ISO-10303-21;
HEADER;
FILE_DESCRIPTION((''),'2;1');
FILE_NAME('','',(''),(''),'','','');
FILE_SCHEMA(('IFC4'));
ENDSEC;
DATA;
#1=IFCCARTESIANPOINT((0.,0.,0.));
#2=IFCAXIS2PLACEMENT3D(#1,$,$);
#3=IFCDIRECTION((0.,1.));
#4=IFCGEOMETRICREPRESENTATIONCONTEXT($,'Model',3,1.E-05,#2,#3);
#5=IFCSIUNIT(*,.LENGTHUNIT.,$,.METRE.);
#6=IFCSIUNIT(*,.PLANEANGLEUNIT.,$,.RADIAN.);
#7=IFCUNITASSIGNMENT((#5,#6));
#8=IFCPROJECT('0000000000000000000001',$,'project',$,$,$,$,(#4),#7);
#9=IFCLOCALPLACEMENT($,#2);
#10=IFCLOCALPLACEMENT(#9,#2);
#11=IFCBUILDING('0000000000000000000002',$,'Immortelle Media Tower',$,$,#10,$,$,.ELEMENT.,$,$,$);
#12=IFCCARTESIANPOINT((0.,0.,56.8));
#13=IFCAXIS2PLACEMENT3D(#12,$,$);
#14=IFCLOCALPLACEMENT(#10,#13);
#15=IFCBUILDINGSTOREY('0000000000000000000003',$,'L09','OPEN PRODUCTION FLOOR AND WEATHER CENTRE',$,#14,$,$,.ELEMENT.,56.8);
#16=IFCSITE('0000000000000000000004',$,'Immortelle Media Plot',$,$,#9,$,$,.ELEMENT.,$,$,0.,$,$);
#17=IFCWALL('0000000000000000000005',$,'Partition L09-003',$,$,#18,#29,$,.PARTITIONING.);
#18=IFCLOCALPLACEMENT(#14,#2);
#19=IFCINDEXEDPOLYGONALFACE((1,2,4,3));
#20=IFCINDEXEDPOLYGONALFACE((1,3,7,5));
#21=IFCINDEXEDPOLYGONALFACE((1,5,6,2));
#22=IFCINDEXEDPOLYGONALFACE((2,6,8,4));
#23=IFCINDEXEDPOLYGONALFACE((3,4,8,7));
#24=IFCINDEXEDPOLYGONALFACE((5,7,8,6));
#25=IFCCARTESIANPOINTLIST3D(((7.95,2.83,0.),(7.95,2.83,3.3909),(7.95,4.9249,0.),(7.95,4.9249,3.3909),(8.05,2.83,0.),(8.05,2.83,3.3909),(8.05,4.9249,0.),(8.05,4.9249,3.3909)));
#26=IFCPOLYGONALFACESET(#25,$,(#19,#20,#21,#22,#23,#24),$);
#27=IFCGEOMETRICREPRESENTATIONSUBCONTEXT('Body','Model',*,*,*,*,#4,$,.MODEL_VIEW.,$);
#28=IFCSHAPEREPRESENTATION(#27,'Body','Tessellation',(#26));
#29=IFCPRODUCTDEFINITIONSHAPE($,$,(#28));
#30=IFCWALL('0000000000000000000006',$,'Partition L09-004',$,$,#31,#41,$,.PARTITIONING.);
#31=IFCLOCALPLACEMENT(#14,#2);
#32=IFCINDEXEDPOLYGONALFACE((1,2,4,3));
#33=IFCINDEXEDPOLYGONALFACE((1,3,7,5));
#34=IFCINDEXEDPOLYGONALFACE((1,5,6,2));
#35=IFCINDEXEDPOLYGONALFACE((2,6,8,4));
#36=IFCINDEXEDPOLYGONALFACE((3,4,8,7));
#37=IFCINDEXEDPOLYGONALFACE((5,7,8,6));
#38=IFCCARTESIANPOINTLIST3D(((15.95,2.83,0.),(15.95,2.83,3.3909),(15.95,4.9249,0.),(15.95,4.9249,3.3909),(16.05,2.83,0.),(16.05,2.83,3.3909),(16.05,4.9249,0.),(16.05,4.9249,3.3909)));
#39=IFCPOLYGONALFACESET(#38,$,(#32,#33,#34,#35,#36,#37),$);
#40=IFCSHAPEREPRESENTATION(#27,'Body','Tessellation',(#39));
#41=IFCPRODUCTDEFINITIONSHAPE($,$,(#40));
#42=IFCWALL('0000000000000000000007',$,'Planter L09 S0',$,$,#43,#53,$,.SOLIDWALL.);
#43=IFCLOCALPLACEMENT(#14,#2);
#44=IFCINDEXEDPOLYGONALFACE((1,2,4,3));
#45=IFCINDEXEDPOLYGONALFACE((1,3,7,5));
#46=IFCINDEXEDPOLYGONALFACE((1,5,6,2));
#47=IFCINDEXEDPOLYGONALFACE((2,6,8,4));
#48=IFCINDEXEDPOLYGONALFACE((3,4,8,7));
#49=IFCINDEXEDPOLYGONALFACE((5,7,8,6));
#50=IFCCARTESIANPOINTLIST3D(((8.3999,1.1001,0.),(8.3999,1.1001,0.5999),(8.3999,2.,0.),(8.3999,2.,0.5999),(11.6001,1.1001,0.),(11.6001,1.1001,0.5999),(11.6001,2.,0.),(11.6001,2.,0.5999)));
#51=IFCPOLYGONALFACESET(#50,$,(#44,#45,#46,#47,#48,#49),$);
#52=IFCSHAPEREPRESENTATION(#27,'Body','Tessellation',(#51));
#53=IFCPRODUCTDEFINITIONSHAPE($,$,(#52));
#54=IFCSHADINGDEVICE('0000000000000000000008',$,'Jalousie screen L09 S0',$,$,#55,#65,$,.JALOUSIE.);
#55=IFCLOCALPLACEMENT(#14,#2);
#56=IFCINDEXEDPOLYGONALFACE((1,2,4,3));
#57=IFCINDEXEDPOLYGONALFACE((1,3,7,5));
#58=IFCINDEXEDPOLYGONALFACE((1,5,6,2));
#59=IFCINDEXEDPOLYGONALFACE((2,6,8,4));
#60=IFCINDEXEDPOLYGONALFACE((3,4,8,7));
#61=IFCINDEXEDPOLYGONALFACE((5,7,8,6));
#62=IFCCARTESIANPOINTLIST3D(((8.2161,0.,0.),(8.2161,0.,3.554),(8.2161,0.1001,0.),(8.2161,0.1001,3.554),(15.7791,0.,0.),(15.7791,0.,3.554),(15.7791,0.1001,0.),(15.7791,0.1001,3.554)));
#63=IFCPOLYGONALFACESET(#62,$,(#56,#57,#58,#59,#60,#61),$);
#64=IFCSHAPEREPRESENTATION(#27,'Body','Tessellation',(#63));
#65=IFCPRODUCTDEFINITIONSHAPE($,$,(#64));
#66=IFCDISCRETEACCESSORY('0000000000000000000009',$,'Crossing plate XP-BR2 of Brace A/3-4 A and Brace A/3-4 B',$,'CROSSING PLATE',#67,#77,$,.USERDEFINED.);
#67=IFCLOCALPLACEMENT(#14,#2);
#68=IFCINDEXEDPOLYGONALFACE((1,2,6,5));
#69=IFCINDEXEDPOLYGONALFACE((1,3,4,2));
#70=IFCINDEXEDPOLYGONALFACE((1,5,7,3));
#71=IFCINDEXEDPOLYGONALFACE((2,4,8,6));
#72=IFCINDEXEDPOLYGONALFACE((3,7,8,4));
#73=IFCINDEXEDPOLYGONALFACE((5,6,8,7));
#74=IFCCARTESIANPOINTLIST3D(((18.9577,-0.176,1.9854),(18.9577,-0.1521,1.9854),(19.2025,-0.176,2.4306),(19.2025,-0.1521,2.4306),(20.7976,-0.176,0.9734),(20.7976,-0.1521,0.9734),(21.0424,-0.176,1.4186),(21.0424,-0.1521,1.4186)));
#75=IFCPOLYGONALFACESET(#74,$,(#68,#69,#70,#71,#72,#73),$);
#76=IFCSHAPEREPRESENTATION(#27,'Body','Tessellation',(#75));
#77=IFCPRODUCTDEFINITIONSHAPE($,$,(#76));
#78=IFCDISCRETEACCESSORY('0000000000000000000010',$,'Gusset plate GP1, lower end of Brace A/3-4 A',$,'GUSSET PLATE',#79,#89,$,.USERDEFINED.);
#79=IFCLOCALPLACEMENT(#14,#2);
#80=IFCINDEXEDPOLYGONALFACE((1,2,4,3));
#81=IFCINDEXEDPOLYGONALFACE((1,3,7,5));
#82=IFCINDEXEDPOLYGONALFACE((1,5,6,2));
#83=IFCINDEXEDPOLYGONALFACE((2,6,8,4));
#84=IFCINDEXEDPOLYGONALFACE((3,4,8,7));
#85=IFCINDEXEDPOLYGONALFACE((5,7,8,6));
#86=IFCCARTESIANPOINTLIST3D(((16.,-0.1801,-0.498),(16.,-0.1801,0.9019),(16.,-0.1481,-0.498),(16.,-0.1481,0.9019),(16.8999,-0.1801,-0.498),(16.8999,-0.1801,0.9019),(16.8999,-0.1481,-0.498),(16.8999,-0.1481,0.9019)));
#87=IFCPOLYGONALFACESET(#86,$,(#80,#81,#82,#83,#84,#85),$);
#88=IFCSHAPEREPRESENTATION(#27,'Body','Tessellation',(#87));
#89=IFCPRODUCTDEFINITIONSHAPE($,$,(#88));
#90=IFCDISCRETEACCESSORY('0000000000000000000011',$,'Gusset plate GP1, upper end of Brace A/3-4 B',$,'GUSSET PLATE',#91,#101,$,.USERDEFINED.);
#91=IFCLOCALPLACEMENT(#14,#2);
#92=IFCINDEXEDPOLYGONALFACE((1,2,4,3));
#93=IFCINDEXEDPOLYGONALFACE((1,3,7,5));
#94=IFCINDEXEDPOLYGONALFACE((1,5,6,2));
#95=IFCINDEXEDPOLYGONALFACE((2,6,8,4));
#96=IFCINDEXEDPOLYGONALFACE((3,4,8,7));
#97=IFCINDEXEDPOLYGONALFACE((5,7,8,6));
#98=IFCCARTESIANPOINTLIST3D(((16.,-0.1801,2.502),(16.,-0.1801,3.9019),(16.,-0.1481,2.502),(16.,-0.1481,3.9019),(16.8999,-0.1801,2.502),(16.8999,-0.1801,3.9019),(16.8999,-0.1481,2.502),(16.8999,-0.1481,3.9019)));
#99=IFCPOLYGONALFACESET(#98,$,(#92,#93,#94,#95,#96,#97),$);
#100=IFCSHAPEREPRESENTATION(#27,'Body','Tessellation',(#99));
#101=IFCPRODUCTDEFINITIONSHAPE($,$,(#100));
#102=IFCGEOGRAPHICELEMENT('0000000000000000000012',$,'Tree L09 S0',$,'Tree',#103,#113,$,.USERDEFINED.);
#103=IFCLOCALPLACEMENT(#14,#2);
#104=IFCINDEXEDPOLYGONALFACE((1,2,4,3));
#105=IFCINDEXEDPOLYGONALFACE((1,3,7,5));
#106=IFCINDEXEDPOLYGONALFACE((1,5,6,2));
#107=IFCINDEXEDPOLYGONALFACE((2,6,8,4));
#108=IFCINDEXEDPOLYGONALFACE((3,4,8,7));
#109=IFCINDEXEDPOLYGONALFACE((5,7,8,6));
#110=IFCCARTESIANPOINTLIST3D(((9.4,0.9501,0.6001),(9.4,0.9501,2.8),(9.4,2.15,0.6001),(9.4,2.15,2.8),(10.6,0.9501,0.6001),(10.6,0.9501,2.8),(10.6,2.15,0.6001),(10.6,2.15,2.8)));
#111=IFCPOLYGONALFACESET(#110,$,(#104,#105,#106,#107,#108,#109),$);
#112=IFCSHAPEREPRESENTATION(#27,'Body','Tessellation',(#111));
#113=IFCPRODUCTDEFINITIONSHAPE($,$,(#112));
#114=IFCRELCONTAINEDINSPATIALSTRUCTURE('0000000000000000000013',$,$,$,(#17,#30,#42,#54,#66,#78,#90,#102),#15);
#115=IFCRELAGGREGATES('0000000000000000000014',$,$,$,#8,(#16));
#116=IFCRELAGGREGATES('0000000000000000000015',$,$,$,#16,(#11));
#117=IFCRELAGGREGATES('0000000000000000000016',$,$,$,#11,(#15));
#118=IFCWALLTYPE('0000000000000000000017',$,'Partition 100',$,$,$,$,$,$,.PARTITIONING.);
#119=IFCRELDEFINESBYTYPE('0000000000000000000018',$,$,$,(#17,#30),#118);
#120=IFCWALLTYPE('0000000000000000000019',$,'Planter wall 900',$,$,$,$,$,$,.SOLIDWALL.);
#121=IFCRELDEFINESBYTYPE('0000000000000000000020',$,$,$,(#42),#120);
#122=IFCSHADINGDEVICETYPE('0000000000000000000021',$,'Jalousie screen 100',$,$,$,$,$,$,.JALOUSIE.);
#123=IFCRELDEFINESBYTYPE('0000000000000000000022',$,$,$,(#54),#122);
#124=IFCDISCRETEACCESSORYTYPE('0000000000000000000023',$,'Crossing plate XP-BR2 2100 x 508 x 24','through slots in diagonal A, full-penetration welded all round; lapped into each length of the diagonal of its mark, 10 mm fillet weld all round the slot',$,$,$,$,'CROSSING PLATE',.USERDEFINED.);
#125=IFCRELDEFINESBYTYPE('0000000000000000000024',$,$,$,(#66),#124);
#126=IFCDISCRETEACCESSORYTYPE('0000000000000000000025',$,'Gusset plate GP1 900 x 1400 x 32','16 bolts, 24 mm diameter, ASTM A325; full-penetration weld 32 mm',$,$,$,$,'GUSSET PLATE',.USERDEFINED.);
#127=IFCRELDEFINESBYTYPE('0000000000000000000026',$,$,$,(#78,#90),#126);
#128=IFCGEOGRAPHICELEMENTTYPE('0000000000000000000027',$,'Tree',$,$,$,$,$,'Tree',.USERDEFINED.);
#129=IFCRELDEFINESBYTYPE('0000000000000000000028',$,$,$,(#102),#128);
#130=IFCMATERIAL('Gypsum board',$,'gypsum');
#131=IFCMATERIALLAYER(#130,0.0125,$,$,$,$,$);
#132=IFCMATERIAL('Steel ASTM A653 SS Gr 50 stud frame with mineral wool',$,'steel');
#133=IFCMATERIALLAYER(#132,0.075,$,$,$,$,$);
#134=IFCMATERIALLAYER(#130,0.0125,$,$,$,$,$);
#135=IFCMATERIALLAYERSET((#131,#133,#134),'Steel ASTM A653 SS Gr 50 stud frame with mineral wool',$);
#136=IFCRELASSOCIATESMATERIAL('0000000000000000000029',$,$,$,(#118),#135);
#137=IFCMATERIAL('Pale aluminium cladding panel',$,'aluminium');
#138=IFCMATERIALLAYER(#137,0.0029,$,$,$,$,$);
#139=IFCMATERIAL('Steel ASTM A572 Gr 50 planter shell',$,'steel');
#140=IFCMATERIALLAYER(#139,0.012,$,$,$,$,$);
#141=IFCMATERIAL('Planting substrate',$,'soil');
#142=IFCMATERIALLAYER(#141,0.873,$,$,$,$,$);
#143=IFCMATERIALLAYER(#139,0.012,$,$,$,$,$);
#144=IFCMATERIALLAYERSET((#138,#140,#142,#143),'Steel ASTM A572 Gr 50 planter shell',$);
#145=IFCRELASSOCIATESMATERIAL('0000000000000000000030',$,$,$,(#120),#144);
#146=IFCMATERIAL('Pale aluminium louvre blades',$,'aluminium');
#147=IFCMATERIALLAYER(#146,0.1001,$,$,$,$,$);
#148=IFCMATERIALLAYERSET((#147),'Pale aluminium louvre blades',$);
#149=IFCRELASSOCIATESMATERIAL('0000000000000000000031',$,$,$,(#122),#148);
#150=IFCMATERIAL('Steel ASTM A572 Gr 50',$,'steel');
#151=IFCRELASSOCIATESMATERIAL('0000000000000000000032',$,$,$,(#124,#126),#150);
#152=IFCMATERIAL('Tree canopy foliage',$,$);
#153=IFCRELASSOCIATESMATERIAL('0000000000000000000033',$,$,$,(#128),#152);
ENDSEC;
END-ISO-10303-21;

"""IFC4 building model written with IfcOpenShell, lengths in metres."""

from ifc_helpers import new_model, si_unit, direction, frame, frame_2d, origin, origin_2d, place, context, subcontext, project, spatial, rectangle, extrude, material, layer, layer_set, material_profile, profile_set, type_object, element, save


model = new_model("IFC4")

# Units and contexts
model_context = context("Model", 3, precision=1e-05, world=origin(), true_north=direction((0.0, 1.0)))
body_context = subcontext(model_context, "Body", "Model", "MODEL_VIEW")
ifc_project = project(units=[si_unit("LENGTHUNIT", "METRE"), si_unit("PLANEANGLEUNIT", "RADIAN")], contexts=[model_context])

# Site, building, storey
site_placement = place(None, origin())
site = spatial("IfcSite", under=ifc_project, at=site_placement, Name="Immortelle Media Plot", CompositionType="ELEMENT", RefElevation=0.0)
building_placement = place(site_placement, origin())
building = spatial("IfcBuilding", under=site, at=building_placement, Name="Immortelle Media Tower", CompositionType="ELEMENT")
storey_placement = place(building_placement, frame((0.0, 0.0, 56.8)))
storey = spatial("IfcBuildingStorey", under=building, at=storey_placement, Name="L09", Description="OPEN PRODUCTION FLOOR AND WEATHER CENTRE", CompositionType="ELEMENT", Elevation=56.8)

# Shared definitions
ifc_material_1 = material(Name="Pale aluminium cladding panel", Category="aluminium")
ifc_material_2 = material(Name="Steel ASTM A653 SS Gr 50 stud frame with mineral wool", Category="steel")

# Walls
ifc_material_3 = material(Name="Gypsum board", Category="gypsum")
ifc_layer_1 = layer(ifc_material_3, 0.0125)
ifc_layer_2 = layer(ifc_material_2, 0.075)
ifc_layer_3 = layer(ifc_material_3, 0.0125)
ifc_layer_set_1 = layer_set([ifc_layer_1, ifc_layer_2, ifc_layer_3], Name="Steel ASTM A653 SS Gr 50 stud frame with mineral wool")
wall_type_1 = type_object("IfcWallType", Name="Partition 100", PredefinedType="PARTITIONING", material=ifc_layer_set_1)
for number, where, z_axis, x_axis, name in (
    (1, (8.0, 2.8301, 0.0), (0.0, 0.0, 1.0), (0.0, 1.0, 0.0), "Partition L09-003"),
    (2, (16.0, 2.8301, 0.0), (0.0, 0.0, 1.0), (0.0, 1.0, 0.0), "Partition L09-004"),
):
    element("IfcWall", number, at=place(storey_placement, frame(where, z_axis=z_axis, x_axis=x_axis)), inside=storey, type_object=wall_type_1, Name=name, PredefinedType="PARTITIONING", context=body_context, shape_type="SweptSolid", body=[
        extrude(rectangle(XDim=2.095, YDim=0.1001, at=frame_2d((1.0474, 0.0))), origin(), (0.0, 0.0, 1.0), 3.3909),
    ])
ifc_layer_4 = layer(ifc_material_1, 0.0029)
ifc_material_4 = material(Name="Steel ASTM A572 Gr 50 planter shell", Category="steel")
ifc_layer_5 = layer(ifc_material_4, 0.012)
ifc_material_5 = material(Name="Planting substrate", Category="soil")
ifc_layer_6 = layer(ifc_material_5, 0.873)
ifc_layer_7 = layer(ifc_material_4, 0.012)
ifc_layer_set_2 = layer_set([ifc_layer_4, ifc_layer_5, ifc_layer_6, ifc_layer_7], Name="Steel ASTM A572 Gr 50 planter shell")
wall_type_2 = type_object("IfcWallType", Name="Planter wall 900", PredefinedType="SOLIDWALL", material=ifc_layer_set_2)
wall_1_placement = place(storey_placement, frame((8.3999, 1.55, 0.0), z_axis=(0.0, 0.0, 1.0), x_axis=(1.0, 0.0, 0.0)))
element("IfcWall", 3, at=wall_1_placement, inside=storey, type_object=wall_type_2, Name="Planter L09 S0", PredefinedType="SOLIDWALL", context=body_context, shape_type="SweptSolid", body=[
    extrude(rectangle(XDim=3.2002, YDim=0.8999, at=frame_2d((1.6001, 0.0))), origin(), (0.0, 0.0, 1.0), 0.5999),
])

# Shading device
ifc_material_6 = material(Name="Pale aluminium louvre blades", Category="aluminium")
ifc_layer_8 = layer(ifc_material_6, 0.1001)
ifc_layer_set_3 = layer_set([ifc_layer_8], Name="Pale aluminium louvre blades")
shading_device_type = type_object("IfcShadingDeviceType", Name="Jalousie screen 100", PredefinedType="JALOUSIE", material=ifc_layer_set_3)
shading_device_placement = place(storey_placement, frame((11.9976, 0.05, 0.0), z_axis=(0.0, 0.0, 1.0), x_axis=(1.0, 0.0, 0.0)))
element("IfcShadingDevice", 4, at=shading_device_placement, inside=storey, type_object=shading_device_type, Name="Jalousie screen L09 S0", PredefinedType="JALOUSIE", context=body_context, shape_type="SweptSolid", body=[
    extrude(rectangle(XDim=7.563, YDim=0.1001, at=origin_2d()), origin(), (0.0, 0.0, 1.0), 3.554),
])

# Discrete accessories
ifc_material_7 = material(Name="Steel ASTM A572 Gr 50", Category="steel")
ifc_material_profile_1 = material_profile(ifc_material_7, rectangle(XDim=0.0239, YDim=0.5081, at=origin_2d()), Name="PL 24 x 508")
ifc_profile_set_1 = profile_set([ifc_material_profile_1], Name="Steel ASTM A572 Gr 50")
discrete_accessory_type_1 = type_object("IfcDiscreteAccessoryType", Name="Crossing plate XP-BR2 2100 x 508 x 24", Description="through slots in diagonal A, full-penetration welded all round; lapped into each length of the diagonal of its mark, 10 mm fillet weld all round the slot", ElementType="CROSSING PLATE", PredefinedType="USERDEFINED", material=ifc_profile_set_1)
discrete_accessory_placement = place(storey_placement, frame((19.0801, -0.1641, 2.208), z_axis=(0.876206, 0.0, -0.481937), x_axis=(0.0, 1.0, 0.0)))
element("IfcDiscreteAccessory", 5, at=discrete_accessory_placement, inside=storey, type_object=discrete_accessory_type_1, Name="Crossing plate XP-BR2 of Brace A/3-4 A and Brace A/3-4 B", ObjectType="CROSSING PLATE", PredefinedType="USERDEFINED", context=body_context, shape_type="SweptSolid", body=[
    extrude(rectangle(XDim=0.0239, YDim=0.5081, at=origin_2d()), origin(), (0.0, 0.0, 1.0), 2.0999),
])
ifc_material_profile_2 = material_profile(ifc_material_7, rectangle(XDim=0.032, YDim=1.3999, at=origin_2d()), Name="PL 32 x 1400")
ifc_profile_set_2 = profile_set([ifc_material_profile_2], Name="Steel ASTM A572 Gr 50")
discrete_accessory_type_2 = type_object("IfcDiscreteAccessoryType", Name="Gusset plate GP1 900 x 1400 x 32", Description="16 bolts, 24 mm diameter, ASTM A325; full-penetration weld 32 mm", ElementType="GUSSET PLATE", PredefinedType="USERDEFINED", material=ifc_profile_set_2)
for number, where, z_axis, x_axis, name in (
    (6, (16.0, -0.1641, 0.2019), (1.0, 0.0, 0.0), (0.0, 1.0, 0.0), "Gusset plate GP1, lower end of Brace A/3-4 A"),
    (7, (16.0, -0.1641, 3.2019), (1.0, 0.0, 0.0), (0.0, 1.0, 0.0), "Gusset plate GP1, upper end of Brace A/3-4 B"),
):
    element("IfcDiscreteAccessory", number, at=place(storey_placement, frame(where, z_axis=z_axis, x_axis=x_axis)), inside=storey, type_object=discrete_accessory_type_2, Name=name, ObjectType="GUSSET PLATE", PredefinedType="USERDEFINED", context=body_context, shape_type="SweptSolid", body=[
        extrude(rectangle(XDim=0.032, YDim=1.3999, at=origin_2d()), origin(), (0.0, 0.0, 1.0), 0.8999),
    ])

# Geographic element
ifc_material_8 = material(Name="Tree canopy foliage")
geographic_element_type = type_object("IfcGeographicElementType", Name="Tree", ElementType="Tree", PredefinedType="USERDEFINED", material=ifc_material_8)
geographic_element_placement = place(storey_placement, frame((10.0, 1.55, 0.6001), z_axis=(0.0, 0.0, 1.0), x_axis=(1.0, 0.0, 0.0)))
element("IfcGeographicElement", 8, at=geographic_element_placement, inside=storey, type_object=geographic_element_type, Name="Tree L09 S0", ObjectType="Tree", PredefinedType="USERDEFINED", context=body_context, shape_type="SweptSolid", body=[
    extrude(rectangle(XDim=1.2, YDim=1.2, at=origin_2d()), origin(), (0.0, 0.0, 1.0), 2.2),
])

save(model, "model.ifc")
